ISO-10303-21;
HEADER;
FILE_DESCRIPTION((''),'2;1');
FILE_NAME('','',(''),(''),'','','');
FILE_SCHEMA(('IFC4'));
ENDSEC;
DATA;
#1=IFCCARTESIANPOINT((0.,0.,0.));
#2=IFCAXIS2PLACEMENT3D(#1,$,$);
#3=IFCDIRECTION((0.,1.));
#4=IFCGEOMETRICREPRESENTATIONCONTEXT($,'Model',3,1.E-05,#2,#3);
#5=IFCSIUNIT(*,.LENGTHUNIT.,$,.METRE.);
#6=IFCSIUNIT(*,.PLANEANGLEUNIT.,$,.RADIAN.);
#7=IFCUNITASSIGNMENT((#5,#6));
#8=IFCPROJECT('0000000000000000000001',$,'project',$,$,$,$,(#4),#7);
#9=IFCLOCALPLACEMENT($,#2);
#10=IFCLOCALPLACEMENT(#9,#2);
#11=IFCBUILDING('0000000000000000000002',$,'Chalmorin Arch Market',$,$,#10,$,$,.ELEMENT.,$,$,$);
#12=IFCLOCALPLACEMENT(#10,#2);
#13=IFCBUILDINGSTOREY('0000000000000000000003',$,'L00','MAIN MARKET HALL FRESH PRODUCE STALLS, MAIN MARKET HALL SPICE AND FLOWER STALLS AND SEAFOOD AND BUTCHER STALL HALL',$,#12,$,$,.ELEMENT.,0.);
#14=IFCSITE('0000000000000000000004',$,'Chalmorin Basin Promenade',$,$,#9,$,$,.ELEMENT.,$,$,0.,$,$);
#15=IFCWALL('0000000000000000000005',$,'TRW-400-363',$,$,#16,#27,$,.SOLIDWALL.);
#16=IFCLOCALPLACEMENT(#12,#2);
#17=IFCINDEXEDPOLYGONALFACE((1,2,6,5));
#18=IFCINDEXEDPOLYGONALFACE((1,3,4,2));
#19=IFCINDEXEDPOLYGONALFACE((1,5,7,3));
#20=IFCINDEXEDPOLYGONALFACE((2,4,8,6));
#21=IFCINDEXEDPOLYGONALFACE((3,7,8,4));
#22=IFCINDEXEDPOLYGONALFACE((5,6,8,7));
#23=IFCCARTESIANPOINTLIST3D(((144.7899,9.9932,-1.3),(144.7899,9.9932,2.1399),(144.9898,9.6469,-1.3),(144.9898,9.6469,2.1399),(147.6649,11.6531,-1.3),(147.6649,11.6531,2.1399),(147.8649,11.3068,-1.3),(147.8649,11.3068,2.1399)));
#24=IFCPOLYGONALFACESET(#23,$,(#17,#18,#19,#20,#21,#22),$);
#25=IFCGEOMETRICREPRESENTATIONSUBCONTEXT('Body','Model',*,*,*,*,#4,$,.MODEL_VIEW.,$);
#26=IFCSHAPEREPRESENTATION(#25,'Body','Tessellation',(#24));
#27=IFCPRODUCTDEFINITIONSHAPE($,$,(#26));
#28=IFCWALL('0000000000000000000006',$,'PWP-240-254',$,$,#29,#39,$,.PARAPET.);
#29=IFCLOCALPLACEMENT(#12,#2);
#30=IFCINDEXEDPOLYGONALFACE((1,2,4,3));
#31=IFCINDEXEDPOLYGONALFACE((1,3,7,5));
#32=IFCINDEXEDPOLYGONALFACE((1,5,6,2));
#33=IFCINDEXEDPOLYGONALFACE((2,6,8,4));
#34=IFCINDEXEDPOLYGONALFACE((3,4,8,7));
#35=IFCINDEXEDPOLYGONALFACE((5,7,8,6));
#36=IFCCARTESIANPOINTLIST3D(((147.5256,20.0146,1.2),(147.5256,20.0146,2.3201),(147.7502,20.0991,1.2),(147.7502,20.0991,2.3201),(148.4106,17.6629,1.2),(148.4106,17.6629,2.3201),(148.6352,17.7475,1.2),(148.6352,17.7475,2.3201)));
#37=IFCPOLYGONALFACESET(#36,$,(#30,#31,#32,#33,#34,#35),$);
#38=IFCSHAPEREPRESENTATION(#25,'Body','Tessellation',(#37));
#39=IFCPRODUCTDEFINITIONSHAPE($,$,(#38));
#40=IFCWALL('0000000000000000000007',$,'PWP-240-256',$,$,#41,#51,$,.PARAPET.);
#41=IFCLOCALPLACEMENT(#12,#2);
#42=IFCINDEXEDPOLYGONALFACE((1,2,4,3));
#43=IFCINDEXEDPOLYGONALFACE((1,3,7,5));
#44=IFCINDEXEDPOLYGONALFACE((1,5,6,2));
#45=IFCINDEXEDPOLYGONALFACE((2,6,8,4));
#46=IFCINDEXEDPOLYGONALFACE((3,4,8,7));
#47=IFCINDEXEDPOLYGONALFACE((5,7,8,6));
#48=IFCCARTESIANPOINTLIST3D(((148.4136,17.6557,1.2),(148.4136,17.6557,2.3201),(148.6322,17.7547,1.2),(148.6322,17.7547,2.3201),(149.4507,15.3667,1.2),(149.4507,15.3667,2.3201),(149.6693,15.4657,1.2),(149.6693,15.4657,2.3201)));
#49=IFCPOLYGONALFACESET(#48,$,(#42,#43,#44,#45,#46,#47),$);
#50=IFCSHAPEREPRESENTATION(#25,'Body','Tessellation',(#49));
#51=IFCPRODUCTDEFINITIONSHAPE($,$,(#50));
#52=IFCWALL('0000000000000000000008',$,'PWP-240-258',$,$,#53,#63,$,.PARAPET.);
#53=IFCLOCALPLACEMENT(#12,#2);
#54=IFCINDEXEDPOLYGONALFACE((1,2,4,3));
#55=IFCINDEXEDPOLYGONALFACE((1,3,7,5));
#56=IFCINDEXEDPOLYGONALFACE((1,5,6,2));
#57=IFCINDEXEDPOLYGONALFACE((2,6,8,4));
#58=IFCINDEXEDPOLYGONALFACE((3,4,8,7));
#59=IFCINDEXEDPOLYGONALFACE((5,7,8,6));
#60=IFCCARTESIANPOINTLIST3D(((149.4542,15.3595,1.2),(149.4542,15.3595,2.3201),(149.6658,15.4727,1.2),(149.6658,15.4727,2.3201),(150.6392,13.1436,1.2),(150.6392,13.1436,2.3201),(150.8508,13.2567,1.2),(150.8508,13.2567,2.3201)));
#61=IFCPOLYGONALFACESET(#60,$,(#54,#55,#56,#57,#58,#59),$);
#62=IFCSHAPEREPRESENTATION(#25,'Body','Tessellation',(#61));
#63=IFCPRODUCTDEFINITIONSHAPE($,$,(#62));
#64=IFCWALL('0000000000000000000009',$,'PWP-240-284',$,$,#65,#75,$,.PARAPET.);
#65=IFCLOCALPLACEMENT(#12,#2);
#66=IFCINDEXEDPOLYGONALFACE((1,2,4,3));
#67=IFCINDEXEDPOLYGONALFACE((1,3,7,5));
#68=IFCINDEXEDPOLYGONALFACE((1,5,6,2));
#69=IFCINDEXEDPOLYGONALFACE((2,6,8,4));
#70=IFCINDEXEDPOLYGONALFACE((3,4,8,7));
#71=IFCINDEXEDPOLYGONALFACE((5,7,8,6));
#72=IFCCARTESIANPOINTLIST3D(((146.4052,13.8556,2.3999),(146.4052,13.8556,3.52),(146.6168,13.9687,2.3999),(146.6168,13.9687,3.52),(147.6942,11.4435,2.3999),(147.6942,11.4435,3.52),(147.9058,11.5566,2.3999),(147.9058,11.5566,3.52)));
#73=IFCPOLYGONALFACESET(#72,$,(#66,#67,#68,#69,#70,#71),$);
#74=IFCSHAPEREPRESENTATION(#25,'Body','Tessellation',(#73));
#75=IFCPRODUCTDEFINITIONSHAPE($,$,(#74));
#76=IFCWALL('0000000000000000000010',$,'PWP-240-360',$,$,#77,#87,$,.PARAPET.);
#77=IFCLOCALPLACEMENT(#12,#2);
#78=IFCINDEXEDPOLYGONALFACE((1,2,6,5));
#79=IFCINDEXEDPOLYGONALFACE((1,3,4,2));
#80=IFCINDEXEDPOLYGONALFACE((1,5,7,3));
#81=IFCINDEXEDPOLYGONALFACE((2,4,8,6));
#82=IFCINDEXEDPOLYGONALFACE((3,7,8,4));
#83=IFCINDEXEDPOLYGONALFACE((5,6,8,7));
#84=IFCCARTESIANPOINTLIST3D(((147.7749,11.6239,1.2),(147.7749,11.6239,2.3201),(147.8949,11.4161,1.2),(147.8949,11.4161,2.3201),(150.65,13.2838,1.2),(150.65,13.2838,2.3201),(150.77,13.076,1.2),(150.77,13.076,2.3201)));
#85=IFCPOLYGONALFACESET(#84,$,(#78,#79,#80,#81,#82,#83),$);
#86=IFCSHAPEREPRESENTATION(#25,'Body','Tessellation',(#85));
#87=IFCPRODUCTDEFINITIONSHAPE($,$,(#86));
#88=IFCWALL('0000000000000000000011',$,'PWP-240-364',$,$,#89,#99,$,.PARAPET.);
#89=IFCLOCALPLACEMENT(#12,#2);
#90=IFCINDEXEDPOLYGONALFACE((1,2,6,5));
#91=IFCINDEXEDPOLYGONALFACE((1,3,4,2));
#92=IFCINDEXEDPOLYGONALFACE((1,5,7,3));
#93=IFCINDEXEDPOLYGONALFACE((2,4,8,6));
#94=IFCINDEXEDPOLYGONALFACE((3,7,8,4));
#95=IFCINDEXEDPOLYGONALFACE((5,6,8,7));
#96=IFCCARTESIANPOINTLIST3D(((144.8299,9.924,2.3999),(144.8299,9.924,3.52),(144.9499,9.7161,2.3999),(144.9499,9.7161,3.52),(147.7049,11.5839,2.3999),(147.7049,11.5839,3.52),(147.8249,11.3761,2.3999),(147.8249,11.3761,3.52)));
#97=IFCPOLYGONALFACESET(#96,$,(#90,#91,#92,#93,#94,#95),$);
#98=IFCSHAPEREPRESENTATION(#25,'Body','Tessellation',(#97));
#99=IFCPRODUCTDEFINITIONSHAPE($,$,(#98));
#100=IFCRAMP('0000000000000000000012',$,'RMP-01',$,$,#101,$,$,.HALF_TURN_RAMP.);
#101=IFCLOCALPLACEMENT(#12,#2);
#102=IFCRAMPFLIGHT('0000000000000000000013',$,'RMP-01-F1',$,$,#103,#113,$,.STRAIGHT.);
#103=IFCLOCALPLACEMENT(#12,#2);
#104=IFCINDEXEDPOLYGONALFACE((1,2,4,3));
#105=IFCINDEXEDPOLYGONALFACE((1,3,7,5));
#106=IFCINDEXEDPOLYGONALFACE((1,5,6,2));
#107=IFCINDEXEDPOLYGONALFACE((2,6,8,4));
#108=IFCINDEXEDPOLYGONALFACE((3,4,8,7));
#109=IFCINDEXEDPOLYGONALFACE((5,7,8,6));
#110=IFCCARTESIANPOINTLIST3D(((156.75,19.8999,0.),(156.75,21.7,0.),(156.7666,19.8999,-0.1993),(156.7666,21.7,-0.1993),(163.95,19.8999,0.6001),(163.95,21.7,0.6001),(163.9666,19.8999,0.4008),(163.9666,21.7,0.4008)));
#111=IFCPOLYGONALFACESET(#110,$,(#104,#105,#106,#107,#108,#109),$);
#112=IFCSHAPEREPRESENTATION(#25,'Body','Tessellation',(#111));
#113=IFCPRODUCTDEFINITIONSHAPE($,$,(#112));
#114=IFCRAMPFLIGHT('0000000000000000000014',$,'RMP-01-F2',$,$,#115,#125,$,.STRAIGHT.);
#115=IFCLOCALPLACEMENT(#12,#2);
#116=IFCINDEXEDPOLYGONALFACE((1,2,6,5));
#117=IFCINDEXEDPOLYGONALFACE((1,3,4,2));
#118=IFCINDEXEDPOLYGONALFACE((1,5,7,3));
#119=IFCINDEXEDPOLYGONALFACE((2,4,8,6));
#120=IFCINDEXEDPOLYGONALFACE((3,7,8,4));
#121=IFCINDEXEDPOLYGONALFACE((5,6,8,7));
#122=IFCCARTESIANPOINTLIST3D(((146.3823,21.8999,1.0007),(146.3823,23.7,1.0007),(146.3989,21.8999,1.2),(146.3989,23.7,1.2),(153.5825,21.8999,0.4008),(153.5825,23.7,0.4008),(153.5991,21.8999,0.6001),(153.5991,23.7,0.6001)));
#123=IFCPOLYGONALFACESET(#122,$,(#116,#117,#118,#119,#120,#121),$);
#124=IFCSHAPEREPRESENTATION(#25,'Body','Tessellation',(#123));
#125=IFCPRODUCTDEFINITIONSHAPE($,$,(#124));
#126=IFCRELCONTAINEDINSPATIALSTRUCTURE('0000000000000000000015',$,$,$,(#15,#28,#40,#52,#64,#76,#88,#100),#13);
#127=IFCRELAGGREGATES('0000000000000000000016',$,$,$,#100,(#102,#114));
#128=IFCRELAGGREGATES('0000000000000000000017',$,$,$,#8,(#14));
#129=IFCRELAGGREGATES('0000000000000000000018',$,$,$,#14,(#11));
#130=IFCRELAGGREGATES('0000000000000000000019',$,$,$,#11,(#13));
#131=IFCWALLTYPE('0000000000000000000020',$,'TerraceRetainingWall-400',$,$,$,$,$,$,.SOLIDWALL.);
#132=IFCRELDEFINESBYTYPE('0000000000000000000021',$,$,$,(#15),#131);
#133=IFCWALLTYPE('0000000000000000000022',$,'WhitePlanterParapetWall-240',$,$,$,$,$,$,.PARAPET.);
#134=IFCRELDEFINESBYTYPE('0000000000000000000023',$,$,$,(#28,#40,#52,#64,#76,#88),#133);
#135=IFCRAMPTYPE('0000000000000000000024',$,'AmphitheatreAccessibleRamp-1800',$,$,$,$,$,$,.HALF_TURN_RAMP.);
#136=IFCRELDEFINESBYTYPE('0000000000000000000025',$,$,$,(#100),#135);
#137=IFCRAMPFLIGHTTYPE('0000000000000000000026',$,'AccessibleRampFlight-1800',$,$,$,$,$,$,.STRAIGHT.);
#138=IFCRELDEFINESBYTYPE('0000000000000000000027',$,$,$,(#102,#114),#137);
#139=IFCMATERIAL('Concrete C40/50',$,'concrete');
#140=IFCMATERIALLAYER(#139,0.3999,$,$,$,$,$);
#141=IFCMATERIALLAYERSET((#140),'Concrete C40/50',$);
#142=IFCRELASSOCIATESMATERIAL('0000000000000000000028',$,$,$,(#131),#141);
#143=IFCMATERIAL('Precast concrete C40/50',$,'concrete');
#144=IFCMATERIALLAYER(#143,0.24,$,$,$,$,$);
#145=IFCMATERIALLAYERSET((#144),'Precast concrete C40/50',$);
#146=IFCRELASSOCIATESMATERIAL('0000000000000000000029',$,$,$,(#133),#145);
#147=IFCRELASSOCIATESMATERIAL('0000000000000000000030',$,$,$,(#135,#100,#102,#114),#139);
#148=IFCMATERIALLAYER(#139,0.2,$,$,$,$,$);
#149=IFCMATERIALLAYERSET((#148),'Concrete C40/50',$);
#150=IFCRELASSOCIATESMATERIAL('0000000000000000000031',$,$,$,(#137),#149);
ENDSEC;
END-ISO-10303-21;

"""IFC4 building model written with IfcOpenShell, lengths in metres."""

from ifc_helpers import new_model, si_unit, direction, frame, frame_2d, origin, place, context, subcontext, project, spatial, polyline, rectangle, outline, extrude, material, layer, layer_set, type_object, element, aggregate, save


model = new_model("IFC4")

# Units and contexts
model_context = context("Model", 3, precision=1e-05, world=origin(), true_north=direction((0.0, 1.0)))
body_context = subcontext(model_context, "Body", "Model", "MODEL_VIEW")
ifc_project = project(units=[si_unit("LENGTHUNIT", "METRE"), si_unit("PLANEANGLEUNIT", "RADIAN")], contexts=[model_context])

# Site, building, storey
site_placement = place(None, origin())
site = spatial("IfcSite", under=ifc_project, at=site_placement, Name="Chalmorin Basin Promenade", CompositionType="ELEMENT", RefElevation=0.0)
building_placement = place(site_placement, origin())
building = spatial("IfcBuilding", under=site, at=building_placement, Name="Chalmorin Arch Market", CompositionType="ELEMENT")
storey_placement = place(building_placement, origin())
storey = spatial("IfcBuildingStorey", under=building, at=storey_placement, Name="L00", Description="MAIN MARKET HALL FRESH PRODUCE STALLS, MAIN MARKET HALL SPICE AND FLOWER STALLS AND SEAFOOD AND BUTCHER STALL HALL", CompositionType="ELEMENT", Elevation=0.0)

# Shared definitions
ifc_material_1 = material(Name="Concrete C40/50", Category="concrete")

# Walls
ifc_layer_1 = layer(ifc_material_1, 0.3999)
ifc_layer_set_1 = layer_set([ifc_layer_1], Name="Concrete C40/50")
wall_type_1 = type_object("IfcWallType", Name="TerraceRetainingWall-400", PredefinedType="SOLIDWALL", material=ifc_layer_set_1)
wall_1_placement = place(storey_placement, frame((147.7649, 11.48, -1.3), z_axis=(0.0, 0.0, 1.0), x_axis=(-0.866021, -0.500007, 0.0)))
element("IfcWall", 1, at=wall_1_placement, inside=storey, type_object=wall_type_1, Name="TRW-400-363", PredefinedType="SOLIDWALL", context=body_context, shape_type="SweptSolid", body=[
    extrude(rectangle(XDim=3.3198, YDim=0.3999, at=frame_2d((1.6599, 0.0))), origin(), (0.0, 0.0, 1.0), 3.4399),
])
ifc_material_2 = material(Name="Precast concrete C40/50", Category="concrete")
ifc_layer_2 = layer(ifc_material_2, 0.24)
ifc_layer_set_2 = layer_set([ifc_layer_2], Name="Precast concrete C40/50")
wall_type_2 = type_object("IfcWallType", Name="WhitePlanterParapetWall-240", PredefinedType="PARAPET", material=ifc_layer_set_2)
wall_2_placement = place(storey_placement, frame((147.6379, 20.0569, 1.2), z_axis=(0.0, 0.0, 1.0), x_axis=(0.352199, -0.935925, 0.0)))
element("IfcWall", 2, at=wall_2_placement, inside=storey, type_object=wall_type_2, Name="PWP-240-254", PredefinedType="PARAPET", context=body_context, shape_type="SweptSolid", body=[
    extrude(rectangle(XDim=2.5127, YDim=0.24, at=frame_2d((1.2563, 0.0))), origin(), (0.0, 0.0, 1.0), 1.1201),
])
for number, where, z_axis, x_axis, name in (
    (3, (148.5229, 17.7051, 1.2), (0.0, 0.0, 1.0), (0.41269, -0.910872, 0.0), "PWP-240-256"),
    (4, (149.5601, 15.416, 1.2), (0.0, 0.0, 1.0), (0.471566, -0.881831, 0.0), "PWP-240-258"),
):
    element("IfcWall", number, at=place(storey_placement, frame(where, z_axis=z_axis, x_axis=x_axis)), inside=storey, type_object=wall_type_2, Name=name, PredefinedType="PARAPET", context=body_context, shape_type="SweptSolid", body=[
        extrude(rectangle(XDim=2.5129, YDim=0.24, at=frame_2d((1.2563, 0.0))), origin(), (0.0, 0.0, 1.0), 1.1201),
    ])
wall_3_placement = place(storey_placement, frame((146.511, 13.9121, 2.3999), z_axis=(0.0, 0.0, 1.0), x_axis=(0.471329, -0.881957, 0.0)))
element("IfcWall", 5, at=wall_3_placement, inside=storey, type_object=wall_type_2, Name="PWP-240-284", PredefinedType="PARAPET", context=body_context, shape_type="SweptSolid", body=[
    extrude(rectangle(XDim=2.7349, YDim=0.24, at=frame_2d((1.3674, 0.0))), origin(), (0.0, 0.0, 1.0), 1.1201),
])
for number, where, z_axis, x_axis, name in (
    (6, (150.71, 13.1799, 1.2), (0.0, 0.0, 1.0), (-0.866021, -0.500007, 0.0), "PWP-240-360"),
    (7, (147.7649, 11.48, 2.3999), (0.0, 0.0, 1.0), (-0.866021, -0.500007, 0.0), "PWP-240-364"),
):
    element("IfcWall", number, at=place(storey_placement, frame(where, z_axis=z_axis, x_axis=x_axis)), inside=storey, type_object=wall_type_2, Name=name, PredefinedType="PARAPET", context=body_context, shape_type="SweptSolid", body=[
        extrude(rectangle(XDim=3.3198, YDim=0.24, at=frame_2d((1.6599, 0.0))), origin(), (0.0, 0.0, 1.0), 1.1201),
    ])

# Ramp, ramp flights
ramp_type = type_object("IfcRampType", Name="AmphitheatreAccessibleRamp-1800", PredefinedType="HALF_TURN_RAMP", material=ifc_material_1)
ramp_1_placement = place(storey_placement, origin())
ramp_1 = element("IfcRamp", 8, at=ramp_1_placement, inside=storey, type_object=ramp_type, material=ifc_material_1, Name="RMP-01", PredefinedType="HALF_TURN_RAMP")
ifc_layer_3 = layer(ifc_material_1, 0.2)
ifc_layer_set_3 = layer_set([ifc_layer_3], Name="Concrete C40/50")
ramp_flight_type = type_object("IfcRampFlightType", Name="AccessibleRampFlight-1800", PredefinedType="STRAIGHT", material=ifc_layer_set_3)
ramp_flight_1_placement = place(storey_placement, frame((156.75, 19.8999, 0.0), z_axis=(-0.083059, 0.0, 0.996545), x_axis=(0.996545, 0.0, 0.083059)))
ramp_flight_1 = element("IfcRampFlight", 9, at=ramp_flight_1_placement, type_object=ramp_flight_type, material=ifc_material_1, Name="RMP-01-F1", PredefinedType="STRAIGHT", context=body_context, shape_type="SweptSolid", body=[
    extrude(outline(polyline([(0.0, 0.0), (7.2249, 0.0), (7.2249, 1.8), (0.0, 1.8), (0.0, 0.0)])), origin(), (0.0, 0.0, -1.0), 0.2),
])
ramp_flight_2_placement = place(storey_placement, frame((146.3989, 21.8999, 1.2), z_axis=(0.083023, 0.0, 0.996548), x_axis=(0.996548, 0.0, -0.083023)))
ramp_flight_2 = element("IfcRampFlight", 10, at=ramp_flight_2_placement, type_object=ramp_flight_type, material=ifc_material_1, Name="RMP-01-F2", PredefinedType="STRAIGHT", context=body_context, shape_type="SweptSolid", body=[
    extrude(outline(polyline([(0.0, 0.0), (7.2251, 0.0), (7.2251, 1.8), (0.0, 1.8), (0.0, 0.0)])), origin(), (0.0, 0.0, -1.0), 0.2),
])
aggregate(ramp_1, [ramp_flight_1, ramp_flight_2])

save(model, "model.ifc")
